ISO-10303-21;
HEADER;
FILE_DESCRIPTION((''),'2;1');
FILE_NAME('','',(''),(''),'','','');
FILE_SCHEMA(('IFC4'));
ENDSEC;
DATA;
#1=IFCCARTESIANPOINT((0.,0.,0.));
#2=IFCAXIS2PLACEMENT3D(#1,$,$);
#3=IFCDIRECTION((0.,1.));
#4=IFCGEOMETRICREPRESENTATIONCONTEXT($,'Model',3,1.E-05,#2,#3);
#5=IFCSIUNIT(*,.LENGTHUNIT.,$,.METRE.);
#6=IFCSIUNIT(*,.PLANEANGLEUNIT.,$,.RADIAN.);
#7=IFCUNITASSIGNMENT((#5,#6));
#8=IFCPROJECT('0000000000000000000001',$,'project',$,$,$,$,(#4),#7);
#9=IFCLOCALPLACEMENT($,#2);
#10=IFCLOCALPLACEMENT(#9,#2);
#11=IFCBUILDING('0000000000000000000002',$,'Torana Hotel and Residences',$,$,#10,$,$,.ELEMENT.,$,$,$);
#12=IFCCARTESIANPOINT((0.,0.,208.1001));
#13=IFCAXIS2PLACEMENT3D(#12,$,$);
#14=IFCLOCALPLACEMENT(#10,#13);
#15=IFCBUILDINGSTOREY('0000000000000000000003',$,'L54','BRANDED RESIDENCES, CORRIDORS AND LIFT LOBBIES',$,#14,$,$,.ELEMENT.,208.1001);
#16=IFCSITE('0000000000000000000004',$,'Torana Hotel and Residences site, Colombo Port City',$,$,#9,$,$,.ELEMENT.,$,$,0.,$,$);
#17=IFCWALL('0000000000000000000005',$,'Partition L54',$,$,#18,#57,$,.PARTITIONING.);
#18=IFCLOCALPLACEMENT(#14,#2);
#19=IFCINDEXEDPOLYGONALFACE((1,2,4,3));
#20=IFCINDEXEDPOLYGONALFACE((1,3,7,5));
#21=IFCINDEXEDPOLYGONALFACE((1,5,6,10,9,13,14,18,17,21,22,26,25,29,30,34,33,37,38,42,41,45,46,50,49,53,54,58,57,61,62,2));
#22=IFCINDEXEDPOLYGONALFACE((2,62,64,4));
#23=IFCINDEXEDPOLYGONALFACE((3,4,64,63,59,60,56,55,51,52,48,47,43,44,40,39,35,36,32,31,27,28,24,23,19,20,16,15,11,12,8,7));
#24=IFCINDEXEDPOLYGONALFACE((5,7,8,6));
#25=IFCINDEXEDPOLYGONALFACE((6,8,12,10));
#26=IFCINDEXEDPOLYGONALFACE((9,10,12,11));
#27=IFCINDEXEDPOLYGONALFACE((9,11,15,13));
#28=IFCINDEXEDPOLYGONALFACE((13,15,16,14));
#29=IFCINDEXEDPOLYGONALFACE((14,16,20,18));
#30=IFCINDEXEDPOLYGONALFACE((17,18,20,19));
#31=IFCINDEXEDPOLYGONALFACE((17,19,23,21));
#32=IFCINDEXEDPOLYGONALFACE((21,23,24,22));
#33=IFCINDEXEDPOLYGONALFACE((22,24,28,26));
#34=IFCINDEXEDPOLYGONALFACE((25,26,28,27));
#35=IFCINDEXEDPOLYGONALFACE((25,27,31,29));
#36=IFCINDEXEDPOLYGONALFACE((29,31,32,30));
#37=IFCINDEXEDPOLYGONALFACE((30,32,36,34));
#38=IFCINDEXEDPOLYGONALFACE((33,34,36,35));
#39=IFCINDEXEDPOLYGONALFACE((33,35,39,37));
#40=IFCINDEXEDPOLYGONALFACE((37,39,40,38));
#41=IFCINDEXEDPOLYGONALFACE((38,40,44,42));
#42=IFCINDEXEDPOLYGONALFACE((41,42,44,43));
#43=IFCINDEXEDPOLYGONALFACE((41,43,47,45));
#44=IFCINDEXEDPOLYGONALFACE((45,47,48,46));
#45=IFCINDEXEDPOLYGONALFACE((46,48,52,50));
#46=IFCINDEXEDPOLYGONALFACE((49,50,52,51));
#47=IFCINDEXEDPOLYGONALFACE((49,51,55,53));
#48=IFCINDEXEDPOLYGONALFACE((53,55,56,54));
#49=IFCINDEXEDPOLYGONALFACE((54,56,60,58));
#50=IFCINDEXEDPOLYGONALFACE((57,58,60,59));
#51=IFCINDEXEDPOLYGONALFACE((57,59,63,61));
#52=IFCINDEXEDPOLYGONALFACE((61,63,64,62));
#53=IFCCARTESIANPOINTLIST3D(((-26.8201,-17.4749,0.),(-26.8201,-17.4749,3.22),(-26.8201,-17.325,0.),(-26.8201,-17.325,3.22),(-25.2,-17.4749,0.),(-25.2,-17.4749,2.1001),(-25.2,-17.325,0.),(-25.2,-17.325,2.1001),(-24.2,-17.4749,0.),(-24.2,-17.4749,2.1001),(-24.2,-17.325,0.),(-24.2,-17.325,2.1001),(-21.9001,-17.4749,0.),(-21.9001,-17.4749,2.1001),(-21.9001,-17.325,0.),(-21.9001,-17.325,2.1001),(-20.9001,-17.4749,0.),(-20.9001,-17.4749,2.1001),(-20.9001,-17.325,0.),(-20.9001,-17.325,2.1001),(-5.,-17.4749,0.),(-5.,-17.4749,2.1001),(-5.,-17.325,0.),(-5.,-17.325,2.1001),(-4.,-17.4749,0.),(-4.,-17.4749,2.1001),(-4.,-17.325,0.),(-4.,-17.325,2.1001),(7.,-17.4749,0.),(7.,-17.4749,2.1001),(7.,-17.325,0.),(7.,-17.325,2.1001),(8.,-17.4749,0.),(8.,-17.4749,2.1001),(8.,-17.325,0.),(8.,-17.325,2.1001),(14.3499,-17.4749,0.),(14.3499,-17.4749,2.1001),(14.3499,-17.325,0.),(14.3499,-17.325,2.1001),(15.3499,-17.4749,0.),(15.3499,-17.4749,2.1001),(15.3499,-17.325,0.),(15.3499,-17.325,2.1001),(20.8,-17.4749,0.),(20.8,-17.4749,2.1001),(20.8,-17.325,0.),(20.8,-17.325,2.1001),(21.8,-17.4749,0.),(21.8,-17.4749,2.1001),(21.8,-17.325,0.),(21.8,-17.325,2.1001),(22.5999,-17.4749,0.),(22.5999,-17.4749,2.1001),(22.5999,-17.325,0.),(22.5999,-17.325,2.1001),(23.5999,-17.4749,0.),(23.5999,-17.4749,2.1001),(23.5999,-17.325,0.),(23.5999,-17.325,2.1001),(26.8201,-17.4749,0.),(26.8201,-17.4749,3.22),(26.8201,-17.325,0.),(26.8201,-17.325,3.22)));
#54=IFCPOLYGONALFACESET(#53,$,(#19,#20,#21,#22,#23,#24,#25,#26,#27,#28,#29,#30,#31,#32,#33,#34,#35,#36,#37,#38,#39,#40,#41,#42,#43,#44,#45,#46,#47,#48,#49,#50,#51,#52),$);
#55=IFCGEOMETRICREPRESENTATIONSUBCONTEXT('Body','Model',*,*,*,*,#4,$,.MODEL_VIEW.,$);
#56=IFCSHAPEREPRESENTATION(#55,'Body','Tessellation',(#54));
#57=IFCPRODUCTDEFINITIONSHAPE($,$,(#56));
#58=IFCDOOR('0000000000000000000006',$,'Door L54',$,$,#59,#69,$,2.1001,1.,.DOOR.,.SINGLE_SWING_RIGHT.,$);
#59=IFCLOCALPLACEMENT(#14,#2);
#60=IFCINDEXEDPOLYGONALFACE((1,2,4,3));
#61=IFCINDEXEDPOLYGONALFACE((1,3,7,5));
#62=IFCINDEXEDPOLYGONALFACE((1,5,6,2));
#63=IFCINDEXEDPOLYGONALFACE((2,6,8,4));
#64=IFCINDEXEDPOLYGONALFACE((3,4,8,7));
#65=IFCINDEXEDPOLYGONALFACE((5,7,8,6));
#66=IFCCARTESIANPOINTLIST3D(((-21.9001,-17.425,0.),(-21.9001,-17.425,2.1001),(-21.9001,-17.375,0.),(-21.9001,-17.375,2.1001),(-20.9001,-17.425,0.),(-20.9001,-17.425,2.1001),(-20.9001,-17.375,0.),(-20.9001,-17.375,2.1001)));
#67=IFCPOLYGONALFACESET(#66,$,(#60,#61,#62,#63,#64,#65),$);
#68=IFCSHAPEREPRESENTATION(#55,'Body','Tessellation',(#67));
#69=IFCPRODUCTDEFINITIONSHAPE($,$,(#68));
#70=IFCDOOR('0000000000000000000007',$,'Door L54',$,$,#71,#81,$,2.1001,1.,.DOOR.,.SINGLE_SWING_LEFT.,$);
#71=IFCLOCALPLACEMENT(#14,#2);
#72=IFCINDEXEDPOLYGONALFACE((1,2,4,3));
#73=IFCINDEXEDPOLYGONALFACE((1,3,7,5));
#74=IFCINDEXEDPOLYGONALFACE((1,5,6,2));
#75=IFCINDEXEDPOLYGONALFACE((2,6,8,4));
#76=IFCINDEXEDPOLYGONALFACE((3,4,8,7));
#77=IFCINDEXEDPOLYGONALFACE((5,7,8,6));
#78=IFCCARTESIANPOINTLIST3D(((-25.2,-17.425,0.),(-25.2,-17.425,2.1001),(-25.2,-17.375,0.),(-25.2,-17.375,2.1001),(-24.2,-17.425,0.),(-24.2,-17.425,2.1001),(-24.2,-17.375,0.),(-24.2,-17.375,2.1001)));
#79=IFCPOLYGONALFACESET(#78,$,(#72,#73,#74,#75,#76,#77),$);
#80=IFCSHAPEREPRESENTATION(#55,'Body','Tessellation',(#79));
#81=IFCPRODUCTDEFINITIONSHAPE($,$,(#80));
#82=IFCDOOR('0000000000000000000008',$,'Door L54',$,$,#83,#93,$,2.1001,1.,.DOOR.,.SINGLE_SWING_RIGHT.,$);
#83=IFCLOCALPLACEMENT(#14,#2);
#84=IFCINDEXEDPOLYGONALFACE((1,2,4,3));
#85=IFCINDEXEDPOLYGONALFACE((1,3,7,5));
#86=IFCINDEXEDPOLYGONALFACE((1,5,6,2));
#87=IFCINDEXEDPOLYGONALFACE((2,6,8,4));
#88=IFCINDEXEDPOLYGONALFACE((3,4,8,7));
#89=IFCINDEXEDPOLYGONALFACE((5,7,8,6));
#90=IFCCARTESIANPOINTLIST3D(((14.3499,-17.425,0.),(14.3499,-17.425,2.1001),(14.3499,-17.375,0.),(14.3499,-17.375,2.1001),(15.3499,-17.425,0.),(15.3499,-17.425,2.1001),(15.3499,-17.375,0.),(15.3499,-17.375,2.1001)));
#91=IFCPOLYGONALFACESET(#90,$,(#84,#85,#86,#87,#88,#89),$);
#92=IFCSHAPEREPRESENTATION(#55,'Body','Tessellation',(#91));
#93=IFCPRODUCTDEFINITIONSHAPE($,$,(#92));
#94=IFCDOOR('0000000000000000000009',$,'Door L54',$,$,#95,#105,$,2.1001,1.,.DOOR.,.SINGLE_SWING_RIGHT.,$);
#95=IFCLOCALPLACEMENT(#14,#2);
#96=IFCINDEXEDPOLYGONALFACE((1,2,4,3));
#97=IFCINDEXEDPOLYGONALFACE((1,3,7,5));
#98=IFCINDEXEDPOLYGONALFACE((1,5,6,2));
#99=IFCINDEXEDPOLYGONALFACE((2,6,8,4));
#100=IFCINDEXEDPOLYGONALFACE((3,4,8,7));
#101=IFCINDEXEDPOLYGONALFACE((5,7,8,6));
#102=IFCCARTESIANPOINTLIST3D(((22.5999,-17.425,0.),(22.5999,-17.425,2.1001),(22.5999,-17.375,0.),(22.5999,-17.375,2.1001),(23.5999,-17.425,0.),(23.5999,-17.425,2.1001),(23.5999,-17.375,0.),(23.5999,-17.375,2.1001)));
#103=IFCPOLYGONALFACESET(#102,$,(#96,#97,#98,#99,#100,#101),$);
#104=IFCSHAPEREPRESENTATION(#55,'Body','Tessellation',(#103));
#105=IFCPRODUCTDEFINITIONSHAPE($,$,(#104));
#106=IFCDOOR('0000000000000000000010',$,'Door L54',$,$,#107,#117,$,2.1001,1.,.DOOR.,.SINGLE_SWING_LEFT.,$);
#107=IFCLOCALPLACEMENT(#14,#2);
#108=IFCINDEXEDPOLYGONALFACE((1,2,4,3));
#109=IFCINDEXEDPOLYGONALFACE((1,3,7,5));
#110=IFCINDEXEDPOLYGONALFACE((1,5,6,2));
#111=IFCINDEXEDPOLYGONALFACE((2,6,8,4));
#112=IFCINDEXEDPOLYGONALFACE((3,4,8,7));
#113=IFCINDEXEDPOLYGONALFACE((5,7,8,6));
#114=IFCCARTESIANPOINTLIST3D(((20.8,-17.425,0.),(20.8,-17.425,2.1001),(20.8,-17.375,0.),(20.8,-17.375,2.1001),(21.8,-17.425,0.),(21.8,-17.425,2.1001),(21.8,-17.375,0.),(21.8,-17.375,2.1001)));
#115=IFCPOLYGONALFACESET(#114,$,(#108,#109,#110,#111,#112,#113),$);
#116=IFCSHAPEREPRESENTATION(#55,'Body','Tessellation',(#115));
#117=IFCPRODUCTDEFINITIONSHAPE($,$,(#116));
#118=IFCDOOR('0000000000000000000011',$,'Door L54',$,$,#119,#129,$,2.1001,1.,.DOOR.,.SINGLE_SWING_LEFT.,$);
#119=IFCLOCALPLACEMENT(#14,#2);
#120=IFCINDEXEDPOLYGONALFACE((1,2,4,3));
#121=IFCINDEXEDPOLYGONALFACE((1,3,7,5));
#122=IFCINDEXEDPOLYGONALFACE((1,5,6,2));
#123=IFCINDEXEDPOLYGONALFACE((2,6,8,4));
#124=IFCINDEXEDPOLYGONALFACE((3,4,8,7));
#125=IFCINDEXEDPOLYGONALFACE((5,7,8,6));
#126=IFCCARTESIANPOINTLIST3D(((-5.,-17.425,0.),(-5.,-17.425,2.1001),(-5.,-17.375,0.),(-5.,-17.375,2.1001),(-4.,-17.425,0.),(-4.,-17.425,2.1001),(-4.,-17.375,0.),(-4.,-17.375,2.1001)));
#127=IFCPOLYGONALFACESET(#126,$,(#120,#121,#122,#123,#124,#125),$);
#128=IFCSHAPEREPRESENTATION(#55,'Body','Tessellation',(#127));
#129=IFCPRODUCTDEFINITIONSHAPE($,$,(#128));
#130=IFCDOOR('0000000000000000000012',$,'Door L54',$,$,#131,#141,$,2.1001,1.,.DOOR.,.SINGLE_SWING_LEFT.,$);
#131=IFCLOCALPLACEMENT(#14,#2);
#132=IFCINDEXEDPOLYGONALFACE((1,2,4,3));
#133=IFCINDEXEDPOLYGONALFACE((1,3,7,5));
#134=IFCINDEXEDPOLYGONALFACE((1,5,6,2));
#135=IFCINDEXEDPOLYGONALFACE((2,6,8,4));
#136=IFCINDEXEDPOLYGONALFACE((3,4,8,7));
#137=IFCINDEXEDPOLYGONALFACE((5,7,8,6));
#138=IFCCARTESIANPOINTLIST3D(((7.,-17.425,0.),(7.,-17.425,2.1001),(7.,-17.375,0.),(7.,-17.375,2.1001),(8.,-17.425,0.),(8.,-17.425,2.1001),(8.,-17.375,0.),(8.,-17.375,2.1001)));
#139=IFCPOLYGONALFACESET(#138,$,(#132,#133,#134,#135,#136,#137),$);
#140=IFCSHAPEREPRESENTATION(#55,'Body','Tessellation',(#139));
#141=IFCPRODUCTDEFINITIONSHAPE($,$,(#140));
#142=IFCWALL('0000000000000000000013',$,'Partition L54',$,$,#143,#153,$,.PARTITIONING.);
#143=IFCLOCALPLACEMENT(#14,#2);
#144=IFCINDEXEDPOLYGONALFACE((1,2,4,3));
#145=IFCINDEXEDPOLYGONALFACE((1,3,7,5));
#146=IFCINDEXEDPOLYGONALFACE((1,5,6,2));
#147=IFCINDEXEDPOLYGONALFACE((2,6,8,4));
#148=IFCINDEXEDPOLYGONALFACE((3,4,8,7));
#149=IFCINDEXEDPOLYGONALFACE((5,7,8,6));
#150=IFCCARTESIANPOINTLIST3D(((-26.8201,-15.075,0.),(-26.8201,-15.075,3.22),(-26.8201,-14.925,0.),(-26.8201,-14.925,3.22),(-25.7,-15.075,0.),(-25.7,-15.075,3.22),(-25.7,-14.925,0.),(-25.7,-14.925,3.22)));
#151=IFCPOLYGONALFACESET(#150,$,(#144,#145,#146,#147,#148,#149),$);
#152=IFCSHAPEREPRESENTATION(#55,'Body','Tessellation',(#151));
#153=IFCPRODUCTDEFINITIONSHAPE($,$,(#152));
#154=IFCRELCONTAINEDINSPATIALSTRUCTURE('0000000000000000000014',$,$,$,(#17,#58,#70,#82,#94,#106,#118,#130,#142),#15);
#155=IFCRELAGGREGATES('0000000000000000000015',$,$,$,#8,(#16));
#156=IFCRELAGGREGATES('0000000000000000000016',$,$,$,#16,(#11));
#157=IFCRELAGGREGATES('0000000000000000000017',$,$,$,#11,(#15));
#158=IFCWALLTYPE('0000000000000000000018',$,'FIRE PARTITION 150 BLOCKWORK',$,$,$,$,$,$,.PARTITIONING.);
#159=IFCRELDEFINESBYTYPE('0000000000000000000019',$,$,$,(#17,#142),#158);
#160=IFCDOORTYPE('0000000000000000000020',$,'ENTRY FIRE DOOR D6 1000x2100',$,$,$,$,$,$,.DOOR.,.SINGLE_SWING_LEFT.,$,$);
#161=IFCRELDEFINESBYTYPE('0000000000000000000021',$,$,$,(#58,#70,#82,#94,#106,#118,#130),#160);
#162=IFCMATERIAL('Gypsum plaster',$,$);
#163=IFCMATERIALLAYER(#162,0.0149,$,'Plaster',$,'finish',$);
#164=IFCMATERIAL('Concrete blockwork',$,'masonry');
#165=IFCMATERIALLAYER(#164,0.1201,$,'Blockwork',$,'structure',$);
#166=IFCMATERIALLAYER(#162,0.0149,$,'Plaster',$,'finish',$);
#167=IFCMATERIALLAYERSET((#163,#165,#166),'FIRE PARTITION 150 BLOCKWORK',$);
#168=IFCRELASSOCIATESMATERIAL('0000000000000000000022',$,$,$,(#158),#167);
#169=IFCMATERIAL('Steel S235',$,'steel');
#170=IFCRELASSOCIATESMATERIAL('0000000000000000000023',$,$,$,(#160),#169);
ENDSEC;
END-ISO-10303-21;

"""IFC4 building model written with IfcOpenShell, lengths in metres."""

from ifc_helpers import new_model, si_unit, direction, frame, frame_2d, origin, place, context, subcontext, project, spatial, rectangle, extrude, material, layer, layer_set, type_object, element, fill, save


model = new_model("IFC4")

# Units and contexts
model_context = context("Model", 3, precision=1e-05, world=origin(), true_north=direction((0.0, 1.0)))
body_context = subcontext(model_context, "Body", "Model", "MODEL_VIEW")
ifc_project = project(units=[si_unit("LENGTHUNIT", "METRE"), si_unit("PLANEANGLEUNIT", "RADIAN")], contexts=[model_context])

# Site, building, storey
site_placement = place(None, origin())
site = spatial("IfcSite", under=ifc_project, at=site_placement, Name="Torana Hotel and Residences site, Colombo Port City", CompositionType="ELEMENT", RefElevation=0.0)
building_placement = place(site_placement, origin())
building = spatial("IfcBuilding", under=site, at=building_placement, Name="Torana Hotel and Residences", CompositionType="ELEMENT")
storey_placement = place(building_placement, frame((0.0, 0.0, 208.1001)))
storey = spatial("IfcBuildingStorey", under=building, at=storey_placement, Name="L54", Description="BRANDED RESIDENCES, CORRIDORS AND LIFT LOBBIES", CompositionType="ELEMENT", Elevation=208.1001)

# Wall, openings, doors
ifc_material_1 = material(Name="Gypsum plaster")
ifc_layer_1 = layer(ifc_material_1, 0.0149, Name="Plaster", Category="finish")
ifc_material_2 = material(Name="Concrete blockwork", Category="masonry")
ifc_layer_2 = layer(ifc_material_2, 0.1201, Name="Blockwork", Category="structure")
ifc_layer_3 = layer(ifc_material_1, 0.0149, Name="Plaster", Category="finish")
ifc_layer_set_1 = layer_set([ifc_layer_1, ifc_layer_2, ifc_layer_3], Name="FIRE PARTITION 150 BLOCKWORK")
wall_type_1 = type_object("IfcWallType", Name="FIRE PARTITION 150 BLOCKWORK", PredefinedType="PARTITIONING", material=ifc_layer_set_1)
wall_1_placement = place(storey_placement, frame((-26.8201, -17.3999, 0.0), z_axis=(0.0, 0.0, 1.0), x_axis=(1.0, 0.0, 0.0)))
wall_1 = element("IfcWall", 1, at=wall_1_placement, inside=storey, type_object=wall_type_1, Name="Partition L54", PredefinedType="PARTITIONING", context=body_context, shape_type="SweptSolid", body=[
    extrude(rectangle(XDim=53.6401, YDim=0.1499, at=frame_2d((26.8201, 0.0))), origin(), (0.0, 0.0, 1.0), 3.22),
])
opening_1_placement = place(wall_1_placement, frame((4.9199, 0.0, 0.0)))
opening_1 = element("IfcOpeningElement", 2, at=opening_1_placement, cuts=wall_1, PredefinedType="OPENING", context=body_context, shape_type="SweptSolid", body=[
    extrude(rectangle(XDim=1.0, YDim=2.1001, at=frame_2d((0.5, 1.05))), frame((0.0, 0.085, 0.0), z_axis=(0.0, -1.0, 0.0), x_axis=(1.0, 0.0, 0.0)), (0.0, 0.0, 1.0), 0.1699),
])
opening_2_placement = place(wall_1_placement, frame((1.6201, 0.0, 0.0)))
opening_2 = element("IfcOpeningElement", 3, at=opening_2_placement, cuts=wall_1, PredefinedType="OPENING", context=body_context, shape_type="SweptSolid", body=[
    extrude(rectangle(XDim=1.0, YDim=2.1001, at=frame_2d((0.5, 1.05))), frame((0.0, 0.085, 0.0), z_axis=(0.0, -1.0, 0.0), x_axis=(1.0, 0.0, 0.0)), (0.0, 0.0, 1.0), 0.1699),
])
opening_3_placement = place(wall_1_placement, frame((41.1699, 0.0, 0.0)))
opening_3 = element("IfcOpeningElement", 4, at=opening_3_placement, cuts=wall_1, PredefinedType="OPENING", context=body_context, shape_type="SweptSolid", body=[
    extrude(rectangle(XDim=1.0, YDim=2.1001, at=frame_2d((0.5, 1.05))), frame((0.0, 0.085, 0.0), z_axis=(0.0, -1.0, 0.0), x_axis=(1.0, 0.0, 0.0)), (0.0, 0.0, 1.0), 0.1699),
])
opening_4_placement = place(wall_1_placement, frame((49.4199, 0.0, 0.0)))
opening_4 = element("IfcOpeningElement", 5, at=opening_4_placement, cuts=wall_1, PredefinedType="OPENING", context=body_context, shape_type="SweptSolid", body=[
    extrude(rectangle(XDim=1.0, YDim=2.1001, at=frame_2d((0.5, 1.05))), frame((0.0, 0.085, 0.0), z_axis=(0.0, -1.0, 0.0), x_axis=(1.0, 0.0, 0.0)), (0.0, 0.0, 1.0), 0.1699),
])
opening_5_placement = place(wall_1_placement, frame((47.6201, 0.0, 0.0)))
opening_5 = element("IfcOpeningElement", 6, at=opening_5_placement, cuts=wall_1, PredefinedType="OPENING", context=body_context, shape_type="SweptSolid", body=[
    extrude(rectangle(XDim=1.0, YDim=2.1001, at=frame_2d((0.5, 1.05))), frame((0.0, 0.085, 0.0), z_axis=(0.0, -1.0, 0.0), x_axis=(1.0, 0.0, 0.0)), (0.0, 0.0, 1.0), 0.1699),
])
opening_6_placement = place(wall_1_placement, frame((21.8201, 0.0, 0.0)))
opening_6 = element("IfcOpeningElement", 7, at=opening_6_placement, cuts=wall_1, PredefinedType="OPENING", context=body_context, shape_type="SweptSolid", body=[
    extrude(rectangle(XDim=1.0, YDim=2.1001, at=frame_2d((0.5, 1.05))), frame((0.0, 0.085, 0.0), z_axis=(0.0, -1.0, 0.0), x_axis=(1.0, 0.0, 0.0)), (0.0, 0.0, 1.0), 0.1699),
])
opening_7_placement = place(wall_1_placement, frame((33.8201, 0.0, 0.0)))
opening_7 = element("IfcOpeningElement", 8, at=opening_7_placement, cuts=wall_1, PredefinedType="OPENING", context=body_context, shape_type="SweptSolid", body=[
    extrude(rectangle(XDim=1.0, YDim=2.1001, at=frame_2d((0.5, 1.05))), frame((0.0, 0.085, 0.0), z_axis=(0.0, -1.0, 0.0), x_axis=(1.0, 0.0, 0.0)), (0.0, 0.0, 1.0), 0.1699),
])
ifc_material_3 = material(Name="Steel S235", Category="steel")
door_type = type_object("IfcDoorType", Name="ENTRY FIRE DOOR D6 1000x2100", OperationType="SINGLE_SWING_LEFT", PredefinedType="DOOR", material=ifc_material_3)
door_1_placement = place(opening_1_placement, origin())
door_1 = element("IfcDoor", 9, at=door_1_placement, inside=storey, type_object=door_type, Name="Door L54", OperationType="SINGLE_SWING_RIGHT", OverallHeight=2.1001, OverallWidth=1.0, PredefinedType="DOOR", context=body_context, shape_type="SweptSolid", body=[
    extrude(rectangle(XDim=1.0, YDim=2.1001, at=frame_2d((0.5, 1.05))), frame((0.0, 0.0249, 0.0), z_axis=(0.0, -1.0, 0.0), x_axis=(1.0, 0.0, 0.0)), (0.0, 0.0, 1.0), 0.05),
])
fill(opening_1, door_1)
door_2_placement = place(opening_2_placement, frame((0.5, 0.0, 0.0), z_axis=(0.0, 0.0, 1.0), x_axis=(-1.0, 0.0, 0.0)))
door_2 = element("IfcDoor", 10, at=door_2_placement, inside=storey, type_object=door_type, Name="Door L54", OperationType="SINGLE_SWING_LEFT", OverallHeight=2.1001, OverallWidth=1.0, PredefinedType="DOOR", context=body_context, shape_type="SweptSolid", body=[
    extrude(rectangle(XDim=1.0, YDim=2.1001, at=frame_2d((0.0, 1.05))), frame((0.0, -0.0249, 0.0), z_axis=(0.0, 1.0, 0.0), x_axis=(-1.0, 0.0, 0.0)), (0.0, 0.0, 1.0), 0.05),
])
fill(opening_2, door_2)
door_3_placement = place(opening_3_placement, origin())
door_3 = element("IfcDoor", 11, at=door_3_placement, inside=storey, type_object=door_type, Name="Door L54", OperationType="SINGLE_SWING_RIGHT", OverallHeight=2.1001, OverallWidth=1.0, PredefinedType="DOOR", context=body_context, shape_type="SweptSolid", body=[
    extrude(rectangle(XDim=1.0, YDim=2.1001, at=frame_2d((0.5, 1.05))), frame((0.0, 0.0249, 0.0), z_axis=(0.0, -1.0, 0.0), x_axis=(1.0, 0.0, 0.0)), (0.0, 0.0, 1.0), 0.05),
])
fill(opening_3, door_3)
door_4_placement = place(opening_4_placement, origin())
door_4 = element("IfcDoor", 12, at=door_4_placement, inside=storey, type_object=door_type, Name="Door L54", OperationType="SINGLE_SWING_RIGHT", OverallHeight=2.1001, OverallWidth=1.0, PredefinedType="DOOR", context=body_context, shape_type="SweptSolid", body=[
    extrude(rectangle(XDim=1.0, YDim=2.1001, at=frame_2d((0.5, 1.05))), frame((0.0, 0.0249, 0.0), z_axis=(0.0, -1.0, 0.0), x_axis=(1.0, 0.0, 0.0)), (0.0, 0.0, 1.0), 0.05),
])
fill(opening_4, door_4)
door_5_placement = place(opening_5_placement, frame((0.5, 0.0, 0.0), z_axis=(0.0, 0.0, 1.0), x_axis=(-1.0, 0.0, 0.0)))
door_5 = element("IfcDoor", 13, at=door_5_placement, inside=storey, type_object=door_type, Name="Door L54", OperationType="SINGLE_SWING_LEFT", OverallHeight=2.1001, OverallWidth=1.0, PredefinedType="DOOR", context=body_context, shape_type="SweptSolid", body=[
    extrude(rectangle(XDim=1.0, YDim=2.1001, at=frame_2d((0.0, 1.05))), frame((0.0, -0.0249, 0.0), z_axis=(0.0, 1.0, 0.0), x_axis=(-1.0, 0.0, 0.0)), (0.0, 0.0, 1.0), 0.05),
])
fill(opening_5, door_5)
door_6_placement = place(opening_6_placement, frame((0.5, 0.0, 0.0), z_axis=(0.0, 0.0, 1.0), x_axis=(-1.0, 0.0, 0.0)))
door_6 = element("IfcDoor", 14, at=door_6_placement, inside=storey, type_object=door_type, Name="Door L54", OperationType="SINGLE_SWING_LEFT", OverallHeight=2.1001, OverallWidth=1.0, PredefinedType="DOOR", context=body_context, shape_type="SweptSolid", body=[
    extrude(rectangle(XDim=1.0, YDim=2.1001, at=frame_2d((0.0, 1.05))), frame((0.0, -0.0249, 0.0), z_axis=(0.0, 1.0, 0.0), x_axis=(-1.0, 0.0, 0.0)), (0.0, 0.0, 1.0), 0.05),
])
fill(opening_6, door_6)
door_7_placement = place(opening_7_placement, frame((0.5, 0.0, 0.0), z_axis=(0.0, 0.0, 1.0), x_axis=(-1.0, 0.0, 0.0)))
door_7 = element("IfcDoor", 15, at=door_7_placement, inside=storey, type_object=door_type, Name="Door L54", OperationType="SINGLE_SWING_LEFT", OverallHeight=2.1001, OverallWidth=1.0, PredefinedType="DOOR", context=body_context, shape_type="SweptSolid", body=[
    extrude(rectangle(XDim=1.0, YDim=2.1001, at=frame_2d((0.0, 1.05))), frame((0.0, -0.0249, 0.0), z_axis=(0.0, 1.0, 0.0), x_axis=(-1.0, 0.0, 0.0)), (0.0, 0.0, 1.0), 0.05),
])
fill(opening_7, door_7)

# Wall
wall_2_placement = place(storey_placement, frame((-26.8201, -15.0, 0.0), z_axis=(0.0, 0.0, 1.0), x_axis=(1.0, 0.0, 0.0)))
element("IfcWall", 16, at=wall_2_placement, inside=storey, type_object=wall_type_1, Name="Partition L54", PredefinedType="PARTITIONING", context=body_context, shape_type="SweptSolid", body=[
    extrude(rectangle(XDim=1.1201, YDim=0.1499, at=frame_2d((0.5601, 0.0))), origin(), (0.0, 0.0, 1.0), 3.22),
])

save(model, "model.ifc")
